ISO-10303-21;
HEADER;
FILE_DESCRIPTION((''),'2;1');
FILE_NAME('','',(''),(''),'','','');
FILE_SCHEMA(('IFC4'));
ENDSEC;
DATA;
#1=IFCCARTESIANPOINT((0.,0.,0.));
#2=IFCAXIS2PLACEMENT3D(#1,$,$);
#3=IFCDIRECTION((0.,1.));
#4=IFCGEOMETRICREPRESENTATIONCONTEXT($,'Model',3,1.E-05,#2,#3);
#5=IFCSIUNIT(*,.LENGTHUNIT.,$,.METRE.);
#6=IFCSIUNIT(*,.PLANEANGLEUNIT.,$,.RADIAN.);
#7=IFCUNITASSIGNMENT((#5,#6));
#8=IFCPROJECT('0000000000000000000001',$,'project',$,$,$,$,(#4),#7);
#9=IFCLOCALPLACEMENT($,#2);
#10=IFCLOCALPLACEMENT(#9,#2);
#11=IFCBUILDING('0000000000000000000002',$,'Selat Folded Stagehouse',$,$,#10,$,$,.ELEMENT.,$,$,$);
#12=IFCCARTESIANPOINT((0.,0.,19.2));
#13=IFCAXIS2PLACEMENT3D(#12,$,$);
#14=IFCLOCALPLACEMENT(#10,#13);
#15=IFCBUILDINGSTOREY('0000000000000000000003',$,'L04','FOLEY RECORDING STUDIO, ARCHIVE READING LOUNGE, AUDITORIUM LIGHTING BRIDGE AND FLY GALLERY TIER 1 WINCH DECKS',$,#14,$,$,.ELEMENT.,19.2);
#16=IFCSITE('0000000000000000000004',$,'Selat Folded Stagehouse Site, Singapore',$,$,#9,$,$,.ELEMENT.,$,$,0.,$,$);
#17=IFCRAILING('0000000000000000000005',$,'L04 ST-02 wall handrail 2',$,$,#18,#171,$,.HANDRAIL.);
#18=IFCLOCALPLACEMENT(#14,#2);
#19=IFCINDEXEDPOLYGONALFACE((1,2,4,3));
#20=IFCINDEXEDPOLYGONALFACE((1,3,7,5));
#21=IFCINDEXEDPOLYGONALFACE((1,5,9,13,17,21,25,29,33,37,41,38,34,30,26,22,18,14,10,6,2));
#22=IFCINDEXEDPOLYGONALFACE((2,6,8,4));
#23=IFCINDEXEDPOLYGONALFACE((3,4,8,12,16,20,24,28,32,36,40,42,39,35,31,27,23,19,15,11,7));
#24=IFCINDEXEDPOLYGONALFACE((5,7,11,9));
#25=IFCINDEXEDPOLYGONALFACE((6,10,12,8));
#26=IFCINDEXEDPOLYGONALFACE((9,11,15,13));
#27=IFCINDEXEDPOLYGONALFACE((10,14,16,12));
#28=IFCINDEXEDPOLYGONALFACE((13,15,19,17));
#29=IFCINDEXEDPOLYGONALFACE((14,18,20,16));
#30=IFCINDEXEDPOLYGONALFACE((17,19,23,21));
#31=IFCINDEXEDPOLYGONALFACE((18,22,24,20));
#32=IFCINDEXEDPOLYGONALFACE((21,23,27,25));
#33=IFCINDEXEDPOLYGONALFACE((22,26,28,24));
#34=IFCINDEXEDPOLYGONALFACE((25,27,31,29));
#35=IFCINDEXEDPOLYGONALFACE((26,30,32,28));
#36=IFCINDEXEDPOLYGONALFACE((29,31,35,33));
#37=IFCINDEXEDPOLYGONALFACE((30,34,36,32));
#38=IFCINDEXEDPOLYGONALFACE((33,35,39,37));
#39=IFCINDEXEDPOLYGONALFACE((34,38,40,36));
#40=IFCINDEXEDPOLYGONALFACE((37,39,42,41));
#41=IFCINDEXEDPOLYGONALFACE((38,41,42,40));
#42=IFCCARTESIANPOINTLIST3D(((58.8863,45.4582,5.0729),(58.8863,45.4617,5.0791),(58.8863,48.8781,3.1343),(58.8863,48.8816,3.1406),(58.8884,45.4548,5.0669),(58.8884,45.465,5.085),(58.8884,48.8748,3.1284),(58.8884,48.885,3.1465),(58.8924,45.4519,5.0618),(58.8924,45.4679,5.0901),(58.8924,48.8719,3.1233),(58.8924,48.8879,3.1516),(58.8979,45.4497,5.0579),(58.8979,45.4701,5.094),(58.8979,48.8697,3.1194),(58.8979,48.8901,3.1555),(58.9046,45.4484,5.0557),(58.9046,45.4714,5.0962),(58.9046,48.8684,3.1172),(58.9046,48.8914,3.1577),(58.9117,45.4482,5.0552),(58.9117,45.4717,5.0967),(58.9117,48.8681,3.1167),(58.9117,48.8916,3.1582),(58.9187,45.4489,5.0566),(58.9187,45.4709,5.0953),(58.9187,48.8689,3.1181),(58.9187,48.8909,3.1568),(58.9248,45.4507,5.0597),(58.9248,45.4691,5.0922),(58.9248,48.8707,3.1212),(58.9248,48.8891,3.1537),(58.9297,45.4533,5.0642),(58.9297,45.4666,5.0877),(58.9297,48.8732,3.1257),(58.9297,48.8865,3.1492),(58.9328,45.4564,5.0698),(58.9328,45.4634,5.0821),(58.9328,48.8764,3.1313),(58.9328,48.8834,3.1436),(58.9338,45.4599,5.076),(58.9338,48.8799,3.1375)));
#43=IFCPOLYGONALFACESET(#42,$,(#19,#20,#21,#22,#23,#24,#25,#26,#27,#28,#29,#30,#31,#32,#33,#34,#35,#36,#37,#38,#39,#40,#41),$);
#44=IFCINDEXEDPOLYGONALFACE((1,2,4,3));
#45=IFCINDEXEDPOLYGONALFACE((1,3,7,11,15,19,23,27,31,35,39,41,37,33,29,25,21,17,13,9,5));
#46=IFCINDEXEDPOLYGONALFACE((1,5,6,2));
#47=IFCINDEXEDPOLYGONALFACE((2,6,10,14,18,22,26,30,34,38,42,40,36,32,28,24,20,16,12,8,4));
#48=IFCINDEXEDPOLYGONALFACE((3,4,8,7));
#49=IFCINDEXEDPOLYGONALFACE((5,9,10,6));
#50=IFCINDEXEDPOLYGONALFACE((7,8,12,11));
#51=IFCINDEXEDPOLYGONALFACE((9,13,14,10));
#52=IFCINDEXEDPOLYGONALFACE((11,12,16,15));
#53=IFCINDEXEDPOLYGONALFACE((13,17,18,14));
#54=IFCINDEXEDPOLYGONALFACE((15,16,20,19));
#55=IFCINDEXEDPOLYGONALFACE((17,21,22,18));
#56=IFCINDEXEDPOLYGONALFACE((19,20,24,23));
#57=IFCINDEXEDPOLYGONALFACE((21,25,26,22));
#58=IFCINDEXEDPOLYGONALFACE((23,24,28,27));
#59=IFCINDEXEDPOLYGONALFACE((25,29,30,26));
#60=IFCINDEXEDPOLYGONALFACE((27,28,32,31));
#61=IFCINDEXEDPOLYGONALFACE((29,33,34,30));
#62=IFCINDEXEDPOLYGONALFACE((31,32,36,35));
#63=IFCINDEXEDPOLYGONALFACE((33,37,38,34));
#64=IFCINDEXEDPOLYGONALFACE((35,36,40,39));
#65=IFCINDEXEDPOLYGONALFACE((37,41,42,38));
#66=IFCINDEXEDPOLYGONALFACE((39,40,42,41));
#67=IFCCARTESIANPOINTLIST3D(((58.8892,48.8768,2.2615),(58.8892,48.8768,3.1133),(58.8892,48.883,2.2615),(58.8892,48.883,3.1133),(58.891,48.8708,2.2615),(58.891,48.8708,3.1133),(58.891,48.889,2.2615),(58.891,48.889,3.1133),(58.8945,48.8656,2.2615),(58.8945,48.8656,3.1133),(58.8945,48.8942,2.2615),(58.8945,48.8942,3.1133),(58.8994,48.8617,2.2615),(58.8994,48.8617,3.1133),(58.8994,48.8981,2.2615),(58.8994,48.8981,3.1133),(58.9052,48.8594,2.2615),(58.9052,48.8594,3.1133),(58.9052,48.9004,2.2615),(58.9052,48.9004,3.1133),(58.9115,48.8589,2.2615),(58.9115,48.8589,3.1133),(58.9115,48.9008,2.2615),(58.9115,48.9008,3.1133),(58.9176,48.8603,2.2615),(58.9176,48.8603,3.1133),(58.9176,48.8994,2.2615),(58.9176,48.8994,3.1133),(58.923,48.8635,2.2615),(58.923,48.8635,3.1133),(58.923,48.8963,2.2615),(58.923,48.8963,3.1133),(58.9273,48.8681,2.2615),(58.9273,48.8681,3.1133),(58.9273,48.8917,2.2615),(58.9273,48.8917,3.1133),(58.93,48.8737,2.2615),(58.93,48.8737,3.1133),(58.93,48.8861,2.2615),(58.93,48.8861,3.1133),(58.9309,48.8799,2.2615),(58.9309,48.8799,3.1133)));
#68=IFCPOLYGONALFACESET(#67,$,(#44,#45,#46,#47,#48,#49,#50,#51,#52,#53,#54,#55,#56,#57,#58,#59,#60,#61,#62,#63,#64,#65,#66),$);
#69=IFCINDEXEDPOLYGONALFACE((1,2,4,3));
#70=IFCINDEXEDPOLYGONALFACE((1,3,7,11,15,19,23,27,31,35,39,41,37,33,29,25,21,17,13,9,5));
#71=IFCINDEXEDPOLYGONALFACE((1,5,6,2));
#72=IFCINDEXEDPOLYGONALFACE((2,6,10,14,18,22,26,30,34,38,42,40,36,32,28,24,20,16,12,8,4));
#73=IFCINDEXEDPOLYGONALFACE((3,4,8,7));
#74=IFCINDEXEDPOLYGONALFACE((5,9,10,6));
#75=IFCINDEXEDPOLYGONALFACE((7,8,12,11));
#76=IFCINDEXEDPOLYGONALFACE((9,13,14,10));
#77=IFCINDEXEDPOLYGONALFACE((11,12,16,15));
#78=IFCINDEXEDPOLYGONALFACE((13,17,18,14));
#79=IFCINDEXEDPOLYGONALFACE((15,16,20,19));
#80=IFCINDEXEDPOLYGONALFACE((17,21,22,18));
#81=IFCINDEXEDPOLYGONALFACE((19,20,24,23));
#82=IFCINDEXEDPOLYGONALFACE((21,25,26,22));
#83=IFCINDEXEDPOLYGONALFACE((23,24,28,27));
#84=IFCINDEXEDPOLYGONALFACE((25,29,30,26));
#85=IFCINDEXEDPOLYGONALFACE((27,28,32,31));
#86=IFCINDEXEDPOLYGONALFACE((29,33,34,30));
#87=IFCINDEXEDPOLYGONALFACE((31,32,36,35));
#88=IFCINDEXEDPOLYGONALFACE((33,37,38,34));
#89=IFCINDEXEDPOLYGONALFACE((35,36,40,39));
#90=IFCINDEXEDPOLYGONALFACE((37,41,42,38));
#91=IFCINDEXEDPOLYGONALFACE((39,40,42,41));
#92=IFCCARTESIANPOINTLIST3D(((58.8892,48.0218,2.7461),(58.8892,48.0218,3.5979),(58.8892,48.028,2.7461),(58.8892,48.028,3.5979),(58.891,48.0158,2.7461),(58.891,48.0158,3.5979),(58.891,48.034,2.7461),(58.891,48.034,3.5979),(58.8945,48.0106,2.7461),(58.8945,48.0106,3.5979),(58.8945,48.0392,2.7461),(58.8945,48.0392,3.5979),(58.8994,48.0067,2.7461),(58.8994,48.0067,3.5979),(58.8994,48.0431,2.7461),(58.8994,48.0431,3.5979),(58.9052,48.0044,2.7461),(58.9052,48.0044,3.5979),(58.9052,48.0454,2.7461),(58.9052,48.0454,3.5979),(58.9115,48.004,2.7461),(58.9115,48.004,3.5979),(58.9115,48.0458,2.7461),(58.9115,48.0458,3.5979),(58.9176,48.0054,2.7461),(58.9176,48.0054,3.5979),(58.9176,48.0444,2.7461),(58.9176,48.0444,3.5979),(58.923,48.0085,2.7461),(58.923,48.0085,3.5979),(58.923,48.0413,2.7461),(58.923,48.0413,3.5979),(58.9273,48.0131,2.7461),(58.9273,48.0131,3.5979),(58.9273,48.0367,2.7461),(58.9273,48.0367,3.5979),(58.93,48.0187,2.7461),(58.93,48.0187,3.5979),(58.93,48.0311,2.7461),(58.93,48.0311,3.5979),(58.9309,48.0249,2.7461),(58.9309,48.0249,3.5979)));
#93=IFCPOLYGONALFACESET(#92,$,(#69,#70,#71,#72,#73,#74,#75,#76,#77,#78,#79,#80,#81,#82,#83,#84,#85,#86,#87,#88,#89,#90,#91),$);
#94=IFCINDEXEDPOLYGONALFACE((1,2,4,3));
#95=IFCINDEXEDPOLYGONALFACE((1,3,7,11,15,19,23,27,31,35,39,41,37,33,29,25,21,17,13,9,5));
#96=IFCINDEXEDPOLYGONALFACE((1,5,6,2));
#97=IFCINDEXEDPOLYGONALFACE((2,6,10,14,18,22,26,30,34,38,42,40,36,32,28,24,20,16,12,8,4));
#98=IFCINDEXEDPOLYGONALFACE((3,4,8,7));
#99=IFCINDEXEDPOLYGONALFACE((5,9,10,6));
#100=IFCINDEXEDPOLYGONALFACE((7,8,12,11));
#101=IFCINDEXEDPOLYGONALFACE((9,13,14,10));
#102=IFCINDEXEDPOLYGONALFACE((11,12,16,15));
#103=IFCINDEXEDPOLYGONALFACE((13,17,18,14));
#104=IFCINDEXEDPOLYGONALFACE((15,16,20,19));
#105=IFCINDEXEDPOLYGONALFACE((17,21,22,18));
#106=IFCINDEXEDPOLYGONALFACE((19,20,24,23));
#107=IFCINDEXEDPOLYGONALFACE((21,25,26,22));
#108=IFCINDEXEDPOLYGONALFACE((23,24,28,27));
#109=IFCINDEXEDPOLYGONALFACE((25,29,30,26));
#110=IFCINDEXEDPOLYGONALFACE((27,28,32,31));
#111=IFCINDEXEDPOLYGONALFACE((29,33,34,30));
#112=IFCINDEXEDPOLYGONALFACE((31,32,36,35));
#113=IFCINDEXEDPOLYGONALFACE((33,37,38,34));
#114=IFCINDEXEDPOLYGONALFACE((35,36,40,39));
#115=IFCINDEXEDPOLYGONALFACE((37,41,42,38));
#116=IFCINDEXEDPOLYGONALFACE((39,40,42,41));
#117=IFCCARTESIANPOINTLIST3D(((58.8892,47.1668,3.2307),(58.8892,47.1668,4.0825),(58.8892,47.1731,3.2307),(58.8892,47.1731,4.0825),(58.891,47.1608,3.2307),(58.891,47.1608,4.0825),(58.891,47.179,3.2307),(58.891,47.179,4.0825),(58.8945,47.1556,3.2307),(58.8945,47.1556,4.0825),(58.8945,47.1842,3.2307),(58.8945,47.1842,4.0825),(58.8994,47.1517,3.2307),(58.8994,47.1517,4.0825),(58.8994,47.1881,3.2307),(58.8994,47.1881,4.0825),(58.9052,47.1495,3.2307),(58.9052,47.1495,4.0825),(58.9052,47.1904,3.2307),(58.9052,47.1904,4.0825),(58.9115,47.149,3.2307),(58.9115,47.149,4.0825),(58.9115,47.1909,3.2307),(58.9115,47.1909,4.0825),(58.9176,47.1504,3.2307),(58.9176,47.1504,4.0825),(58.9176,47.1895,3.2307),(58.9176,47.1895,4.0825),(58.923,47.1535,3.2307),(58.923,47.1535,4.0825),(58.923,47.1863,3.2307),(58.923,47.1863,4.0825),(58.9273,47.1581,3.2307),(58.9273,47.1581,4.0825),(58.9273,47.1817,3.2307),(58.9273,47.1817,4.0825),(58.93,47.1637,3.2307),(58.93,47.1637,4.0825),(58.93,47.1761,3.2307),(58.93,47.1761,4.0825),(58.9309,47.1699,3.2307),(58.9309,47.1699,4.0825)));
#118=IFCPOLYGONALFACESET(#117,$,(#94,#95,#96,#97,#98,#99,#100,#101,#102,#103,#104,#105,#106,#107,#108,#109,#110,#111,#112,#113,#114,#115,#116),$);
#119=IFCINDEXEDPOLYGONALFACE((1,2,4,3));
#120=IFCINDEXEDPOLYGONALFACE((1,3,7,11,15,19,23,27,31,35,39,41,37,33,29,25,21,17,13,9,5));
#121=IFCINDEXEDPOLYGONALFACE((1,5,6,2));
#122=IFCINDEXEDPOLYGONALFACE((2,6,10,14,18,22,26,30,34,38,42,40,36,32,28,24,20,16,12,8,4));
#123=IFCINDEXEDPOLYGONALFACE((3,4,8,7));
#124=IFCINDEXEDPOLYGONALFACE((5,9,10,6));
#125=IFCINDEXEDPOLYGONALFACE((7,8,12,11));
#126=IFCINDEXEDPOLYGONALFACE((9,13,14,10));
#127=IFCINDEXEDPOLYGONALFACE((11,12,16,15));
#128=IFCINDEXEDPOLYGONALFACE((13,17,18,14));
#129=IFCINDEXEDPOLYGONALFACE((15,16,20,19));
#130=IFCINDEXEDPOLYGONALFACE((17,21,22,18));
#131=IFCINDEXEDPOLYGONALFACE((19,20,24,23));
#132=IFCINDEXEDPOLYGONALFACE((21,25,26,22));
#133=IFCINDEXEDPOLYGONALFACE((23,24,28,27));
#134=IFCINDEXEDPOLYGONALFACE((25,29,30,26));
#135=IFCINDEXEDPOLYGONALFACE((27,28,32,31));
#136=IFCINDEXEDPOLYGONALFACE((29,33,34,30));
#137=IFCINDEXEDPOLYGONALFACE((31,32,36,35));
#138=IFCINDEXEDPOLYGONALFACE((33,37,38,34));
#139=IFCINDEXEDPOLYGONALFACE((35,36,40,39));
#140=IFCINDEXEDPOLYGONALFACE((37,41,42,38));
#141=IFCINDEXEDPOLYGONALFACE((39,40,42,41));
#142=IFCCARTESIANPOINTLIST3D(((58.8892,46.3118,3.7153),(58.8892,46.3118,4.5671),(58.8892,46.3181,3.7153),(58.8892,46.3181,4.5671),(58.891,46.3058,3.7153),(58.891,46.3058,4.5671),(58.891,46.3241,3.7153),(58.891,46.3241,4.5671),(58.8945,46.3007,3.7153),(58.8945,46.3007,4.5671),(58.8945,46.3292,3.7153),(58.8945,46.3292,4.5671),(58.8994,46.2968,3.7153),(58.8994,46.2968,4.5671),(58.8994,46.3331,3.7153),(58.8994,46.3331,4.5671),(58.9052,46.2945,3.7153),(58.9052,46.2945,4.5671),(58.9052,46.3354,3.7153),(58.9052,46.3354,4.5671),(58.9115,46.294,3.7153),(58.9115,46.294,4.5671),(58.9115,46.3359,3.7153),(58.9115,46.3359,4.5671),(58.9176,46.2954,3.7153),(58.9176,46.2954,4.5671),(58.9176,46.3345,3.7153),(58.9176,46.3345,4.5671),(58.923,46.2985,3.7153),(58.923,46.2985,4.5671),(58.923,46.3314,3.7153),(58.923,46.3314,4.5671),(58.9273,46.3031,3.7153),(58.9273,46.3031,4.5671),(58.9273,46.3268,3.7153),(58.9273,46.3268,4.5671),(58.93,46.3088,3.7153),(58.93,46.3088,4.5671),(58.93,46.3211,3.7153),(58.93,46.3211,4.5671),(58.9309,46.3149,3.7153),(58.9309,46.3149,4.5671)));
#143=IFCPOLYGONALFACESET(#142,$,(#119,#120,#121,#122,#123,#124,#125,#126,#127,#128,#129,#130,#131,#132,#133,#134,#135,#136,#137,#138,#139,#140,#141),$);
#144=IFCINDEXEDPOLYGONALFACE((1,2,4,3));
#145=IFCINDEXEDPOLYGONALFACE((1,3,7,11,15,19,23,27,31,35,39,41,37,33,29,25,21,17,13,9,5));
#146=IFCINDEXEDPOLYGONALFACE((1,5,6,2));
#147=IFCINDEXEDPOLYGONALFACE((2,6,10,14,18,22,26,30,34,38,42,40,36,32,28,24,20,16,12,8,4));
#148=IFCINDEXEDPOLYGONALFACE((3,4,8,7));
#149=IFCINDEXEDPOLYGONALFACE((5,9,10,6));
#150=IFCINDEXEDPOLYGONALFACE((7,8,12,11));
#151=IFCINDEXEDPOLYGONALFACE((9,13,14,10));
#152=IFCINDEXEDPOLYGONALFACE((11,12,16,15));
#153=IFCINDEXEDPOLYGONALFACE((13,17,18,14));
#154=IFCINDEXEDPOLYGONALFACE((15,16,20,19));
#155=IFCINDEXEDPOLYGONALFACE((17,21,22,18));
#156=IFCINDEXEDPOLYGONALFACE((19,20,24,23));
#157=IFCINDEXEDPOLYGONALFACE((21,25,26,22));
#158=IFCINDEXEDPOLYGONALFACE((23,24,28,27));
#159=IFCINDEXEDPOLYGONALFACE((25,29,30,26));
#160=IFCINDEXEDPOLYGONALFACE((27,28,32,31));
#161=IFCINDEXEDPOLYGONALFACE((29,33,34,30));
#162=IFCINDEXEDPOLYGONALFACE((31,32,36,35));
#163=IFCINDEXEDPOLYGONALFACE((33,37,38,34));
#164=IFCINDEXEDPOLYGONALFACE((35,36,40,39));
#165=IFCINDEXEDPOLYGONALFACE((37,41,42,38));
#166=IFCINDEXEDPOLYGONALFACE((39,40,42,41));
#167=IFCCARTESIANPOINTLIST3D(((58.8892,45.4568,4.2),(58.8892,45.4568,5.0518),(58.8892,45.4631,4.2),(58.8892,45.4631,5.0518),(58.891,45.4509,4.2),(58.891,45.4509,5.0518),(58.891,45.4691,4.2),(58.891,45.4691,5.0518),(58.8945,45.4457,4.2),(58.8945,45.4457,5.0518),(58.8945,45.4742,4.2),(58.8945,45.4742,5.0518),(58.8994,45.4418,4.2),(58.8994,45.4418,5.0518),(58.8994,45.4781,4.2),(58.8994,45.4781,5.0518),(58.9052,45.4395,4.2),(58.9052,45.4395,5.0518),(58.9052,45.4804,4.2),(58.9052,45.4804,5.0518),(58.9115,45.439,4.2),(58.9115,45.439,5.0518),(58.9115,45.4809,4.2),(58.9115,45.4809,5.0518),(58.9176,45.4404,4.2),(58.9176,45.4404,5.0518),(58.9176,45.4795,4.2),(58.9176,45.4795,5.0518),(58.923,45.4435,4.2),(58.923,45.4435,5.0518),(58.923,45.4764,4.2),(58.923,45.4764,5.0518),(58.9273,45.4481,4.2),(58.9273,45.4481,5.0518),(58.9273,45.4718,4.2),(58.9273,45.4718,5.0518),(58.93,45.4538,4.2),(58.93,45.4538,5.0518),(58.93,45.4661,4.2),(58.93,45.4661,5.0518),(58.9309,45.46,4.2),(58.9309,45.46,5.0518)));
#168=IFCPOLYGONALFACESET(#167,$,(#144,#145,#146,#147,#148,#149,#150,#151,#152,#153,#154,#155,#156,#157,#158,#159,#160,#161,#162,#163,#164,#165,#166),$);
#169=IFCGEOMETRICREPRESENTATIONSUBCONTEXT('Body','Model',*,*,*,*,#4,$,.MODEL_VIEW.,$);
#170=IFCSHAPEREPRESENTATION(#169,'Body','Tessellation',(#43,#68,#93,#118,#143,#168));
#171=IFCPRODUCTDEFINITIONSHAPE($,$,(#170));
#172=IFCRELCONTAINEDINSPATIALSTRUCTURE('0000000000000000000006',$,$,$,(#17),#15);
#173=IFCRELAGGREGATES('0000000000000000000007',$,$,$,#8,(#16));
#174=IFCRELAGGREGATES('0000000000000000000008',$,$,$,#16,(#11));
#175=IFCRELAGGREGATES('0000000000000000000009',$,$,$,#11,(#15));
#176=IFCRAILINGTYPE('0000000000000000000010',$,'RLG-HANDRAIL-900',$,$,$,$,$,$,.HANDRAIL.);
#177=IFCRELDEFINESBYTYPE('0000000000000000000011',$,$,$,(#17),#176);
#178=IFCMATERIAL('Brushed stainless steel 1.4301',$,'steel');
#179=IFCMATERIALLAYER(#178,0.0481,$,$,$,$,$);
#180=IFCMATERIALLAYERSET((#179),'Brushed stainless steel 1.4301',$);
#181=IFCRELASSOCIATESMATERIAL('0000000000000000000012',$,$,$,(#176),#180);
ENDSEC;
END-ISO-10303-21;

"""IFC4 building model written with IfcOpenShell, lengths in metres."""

from ifc_helpers import new_model, si_unit, direction, frame, origin, origin_2d, place, context, subcontext, project, spatial, circle, extrude, material, layer, layer_set, type_object, element, save


model = new_model("IFC4")

# Units and contexts
model_context = context("Model", 3, precision=1e-05, world=origin(), true_north=direction((0.0, 1.0)))
body_context = subcontext(model_context, "Body", "Model", "MODEL_VIEW")
ifc_project = project(units=[si_unit("LENGTHUNIT", "METRE"), si_unit("PLANEANGLEUNIT", "RADIAN")], contexts=[model_context])

# Site, building, storey
site_placement = place(None, origin())
site = spatial("IfcSite", under=ifc_project, at=site_placement, Name="Selat Folded Stagehouse Site, Singapore", CompositionType="ELEMENT", RefElevation=0.0)
building_placement = place(site_placement, origin())
building = spatial("IfcBuilding", under=site, at=building_placement, Name="Selat Folded Stagehouse", CompositionType="ELEMENT")
storey_placement = place(building_placement, frame((0.0, 0.0, 19.2)))
storey = spatial("IfcBuildingStorey", under=building, at=storey_placement, Name="L04", Description="FOLEY RECORDING STUDIO, ARCHIVE READING LOUNGE, AUDITORIUM LIGHTING BRIDGE AND FLY GALLERY TIER 1 WINCH DECKS", CompositionType="ELEMENT", Elevation=19.2)

# Railing
ifc_material_1 = material(Name="Brushed stainless steel 1.4301", Category="steel")
ifc_layer_1 = layer(ifc_material_1, 0.0481)
ifc_layer_set_1 = layer_set([ifc_layer_1], Name="Brushed stainless steel 1.4301")
railing_type_1 = type_object("IfcRailingType", Name="RLG-HANDRAIL-900", PredefinedType="HANDRAIL", material=ifc_layer_set_1)
railing_1_placement = place(storey_placement, frame((58.9099, 48.8799, 2.2615)))
element("IfcRailing", 1, at=railing_1_placement, inside=storey, type_object=railing_type_1, Name="L04 ST-02 wall handrail 2", PredefinedType="HANDRAIL", context=body_context, shape_type="SweptSolid", body=[
    extrude(circle(Radius=0.0239, at=origin_2d()), frame((0.0, 0.0, 0.876), z_axis=(0.0, -0.869965, 0.493113), x_axis=(1.0, 0.0, 0.0)), (0.0, 0.0, 1.0), 3.9312),
    extrude(circle(Radius=0.021, at=origin_2d()), origin(), (0.0, 0.0, 1.0), 0.8518),
    extrude(circle(Radius=0.021, at=origin_2d()), frame((0.0, -0.855, 0.4846)), (0.0, 0.0, 1.0), 0.8518),
    extrude(circle(Radius=0.021, at=origin_2d()), frame((0.0, -1.71, 0.9692)), (0.0, 0.0, 1.0), 0.8518),
    extrude(circle(Radius=0.021, at=origin_2d()), frame((0.0, -2.5649, 1.4539)), (0.0, 0.0, 1.0), 0.8518),
    extrude(circle(Radius=0.021, at=origin_2d()), frame((0.0, -3.4199, 1.9385)), (0.0, 0.0, 1.0), 0.8518),
])

save(model, "model.ifc")
